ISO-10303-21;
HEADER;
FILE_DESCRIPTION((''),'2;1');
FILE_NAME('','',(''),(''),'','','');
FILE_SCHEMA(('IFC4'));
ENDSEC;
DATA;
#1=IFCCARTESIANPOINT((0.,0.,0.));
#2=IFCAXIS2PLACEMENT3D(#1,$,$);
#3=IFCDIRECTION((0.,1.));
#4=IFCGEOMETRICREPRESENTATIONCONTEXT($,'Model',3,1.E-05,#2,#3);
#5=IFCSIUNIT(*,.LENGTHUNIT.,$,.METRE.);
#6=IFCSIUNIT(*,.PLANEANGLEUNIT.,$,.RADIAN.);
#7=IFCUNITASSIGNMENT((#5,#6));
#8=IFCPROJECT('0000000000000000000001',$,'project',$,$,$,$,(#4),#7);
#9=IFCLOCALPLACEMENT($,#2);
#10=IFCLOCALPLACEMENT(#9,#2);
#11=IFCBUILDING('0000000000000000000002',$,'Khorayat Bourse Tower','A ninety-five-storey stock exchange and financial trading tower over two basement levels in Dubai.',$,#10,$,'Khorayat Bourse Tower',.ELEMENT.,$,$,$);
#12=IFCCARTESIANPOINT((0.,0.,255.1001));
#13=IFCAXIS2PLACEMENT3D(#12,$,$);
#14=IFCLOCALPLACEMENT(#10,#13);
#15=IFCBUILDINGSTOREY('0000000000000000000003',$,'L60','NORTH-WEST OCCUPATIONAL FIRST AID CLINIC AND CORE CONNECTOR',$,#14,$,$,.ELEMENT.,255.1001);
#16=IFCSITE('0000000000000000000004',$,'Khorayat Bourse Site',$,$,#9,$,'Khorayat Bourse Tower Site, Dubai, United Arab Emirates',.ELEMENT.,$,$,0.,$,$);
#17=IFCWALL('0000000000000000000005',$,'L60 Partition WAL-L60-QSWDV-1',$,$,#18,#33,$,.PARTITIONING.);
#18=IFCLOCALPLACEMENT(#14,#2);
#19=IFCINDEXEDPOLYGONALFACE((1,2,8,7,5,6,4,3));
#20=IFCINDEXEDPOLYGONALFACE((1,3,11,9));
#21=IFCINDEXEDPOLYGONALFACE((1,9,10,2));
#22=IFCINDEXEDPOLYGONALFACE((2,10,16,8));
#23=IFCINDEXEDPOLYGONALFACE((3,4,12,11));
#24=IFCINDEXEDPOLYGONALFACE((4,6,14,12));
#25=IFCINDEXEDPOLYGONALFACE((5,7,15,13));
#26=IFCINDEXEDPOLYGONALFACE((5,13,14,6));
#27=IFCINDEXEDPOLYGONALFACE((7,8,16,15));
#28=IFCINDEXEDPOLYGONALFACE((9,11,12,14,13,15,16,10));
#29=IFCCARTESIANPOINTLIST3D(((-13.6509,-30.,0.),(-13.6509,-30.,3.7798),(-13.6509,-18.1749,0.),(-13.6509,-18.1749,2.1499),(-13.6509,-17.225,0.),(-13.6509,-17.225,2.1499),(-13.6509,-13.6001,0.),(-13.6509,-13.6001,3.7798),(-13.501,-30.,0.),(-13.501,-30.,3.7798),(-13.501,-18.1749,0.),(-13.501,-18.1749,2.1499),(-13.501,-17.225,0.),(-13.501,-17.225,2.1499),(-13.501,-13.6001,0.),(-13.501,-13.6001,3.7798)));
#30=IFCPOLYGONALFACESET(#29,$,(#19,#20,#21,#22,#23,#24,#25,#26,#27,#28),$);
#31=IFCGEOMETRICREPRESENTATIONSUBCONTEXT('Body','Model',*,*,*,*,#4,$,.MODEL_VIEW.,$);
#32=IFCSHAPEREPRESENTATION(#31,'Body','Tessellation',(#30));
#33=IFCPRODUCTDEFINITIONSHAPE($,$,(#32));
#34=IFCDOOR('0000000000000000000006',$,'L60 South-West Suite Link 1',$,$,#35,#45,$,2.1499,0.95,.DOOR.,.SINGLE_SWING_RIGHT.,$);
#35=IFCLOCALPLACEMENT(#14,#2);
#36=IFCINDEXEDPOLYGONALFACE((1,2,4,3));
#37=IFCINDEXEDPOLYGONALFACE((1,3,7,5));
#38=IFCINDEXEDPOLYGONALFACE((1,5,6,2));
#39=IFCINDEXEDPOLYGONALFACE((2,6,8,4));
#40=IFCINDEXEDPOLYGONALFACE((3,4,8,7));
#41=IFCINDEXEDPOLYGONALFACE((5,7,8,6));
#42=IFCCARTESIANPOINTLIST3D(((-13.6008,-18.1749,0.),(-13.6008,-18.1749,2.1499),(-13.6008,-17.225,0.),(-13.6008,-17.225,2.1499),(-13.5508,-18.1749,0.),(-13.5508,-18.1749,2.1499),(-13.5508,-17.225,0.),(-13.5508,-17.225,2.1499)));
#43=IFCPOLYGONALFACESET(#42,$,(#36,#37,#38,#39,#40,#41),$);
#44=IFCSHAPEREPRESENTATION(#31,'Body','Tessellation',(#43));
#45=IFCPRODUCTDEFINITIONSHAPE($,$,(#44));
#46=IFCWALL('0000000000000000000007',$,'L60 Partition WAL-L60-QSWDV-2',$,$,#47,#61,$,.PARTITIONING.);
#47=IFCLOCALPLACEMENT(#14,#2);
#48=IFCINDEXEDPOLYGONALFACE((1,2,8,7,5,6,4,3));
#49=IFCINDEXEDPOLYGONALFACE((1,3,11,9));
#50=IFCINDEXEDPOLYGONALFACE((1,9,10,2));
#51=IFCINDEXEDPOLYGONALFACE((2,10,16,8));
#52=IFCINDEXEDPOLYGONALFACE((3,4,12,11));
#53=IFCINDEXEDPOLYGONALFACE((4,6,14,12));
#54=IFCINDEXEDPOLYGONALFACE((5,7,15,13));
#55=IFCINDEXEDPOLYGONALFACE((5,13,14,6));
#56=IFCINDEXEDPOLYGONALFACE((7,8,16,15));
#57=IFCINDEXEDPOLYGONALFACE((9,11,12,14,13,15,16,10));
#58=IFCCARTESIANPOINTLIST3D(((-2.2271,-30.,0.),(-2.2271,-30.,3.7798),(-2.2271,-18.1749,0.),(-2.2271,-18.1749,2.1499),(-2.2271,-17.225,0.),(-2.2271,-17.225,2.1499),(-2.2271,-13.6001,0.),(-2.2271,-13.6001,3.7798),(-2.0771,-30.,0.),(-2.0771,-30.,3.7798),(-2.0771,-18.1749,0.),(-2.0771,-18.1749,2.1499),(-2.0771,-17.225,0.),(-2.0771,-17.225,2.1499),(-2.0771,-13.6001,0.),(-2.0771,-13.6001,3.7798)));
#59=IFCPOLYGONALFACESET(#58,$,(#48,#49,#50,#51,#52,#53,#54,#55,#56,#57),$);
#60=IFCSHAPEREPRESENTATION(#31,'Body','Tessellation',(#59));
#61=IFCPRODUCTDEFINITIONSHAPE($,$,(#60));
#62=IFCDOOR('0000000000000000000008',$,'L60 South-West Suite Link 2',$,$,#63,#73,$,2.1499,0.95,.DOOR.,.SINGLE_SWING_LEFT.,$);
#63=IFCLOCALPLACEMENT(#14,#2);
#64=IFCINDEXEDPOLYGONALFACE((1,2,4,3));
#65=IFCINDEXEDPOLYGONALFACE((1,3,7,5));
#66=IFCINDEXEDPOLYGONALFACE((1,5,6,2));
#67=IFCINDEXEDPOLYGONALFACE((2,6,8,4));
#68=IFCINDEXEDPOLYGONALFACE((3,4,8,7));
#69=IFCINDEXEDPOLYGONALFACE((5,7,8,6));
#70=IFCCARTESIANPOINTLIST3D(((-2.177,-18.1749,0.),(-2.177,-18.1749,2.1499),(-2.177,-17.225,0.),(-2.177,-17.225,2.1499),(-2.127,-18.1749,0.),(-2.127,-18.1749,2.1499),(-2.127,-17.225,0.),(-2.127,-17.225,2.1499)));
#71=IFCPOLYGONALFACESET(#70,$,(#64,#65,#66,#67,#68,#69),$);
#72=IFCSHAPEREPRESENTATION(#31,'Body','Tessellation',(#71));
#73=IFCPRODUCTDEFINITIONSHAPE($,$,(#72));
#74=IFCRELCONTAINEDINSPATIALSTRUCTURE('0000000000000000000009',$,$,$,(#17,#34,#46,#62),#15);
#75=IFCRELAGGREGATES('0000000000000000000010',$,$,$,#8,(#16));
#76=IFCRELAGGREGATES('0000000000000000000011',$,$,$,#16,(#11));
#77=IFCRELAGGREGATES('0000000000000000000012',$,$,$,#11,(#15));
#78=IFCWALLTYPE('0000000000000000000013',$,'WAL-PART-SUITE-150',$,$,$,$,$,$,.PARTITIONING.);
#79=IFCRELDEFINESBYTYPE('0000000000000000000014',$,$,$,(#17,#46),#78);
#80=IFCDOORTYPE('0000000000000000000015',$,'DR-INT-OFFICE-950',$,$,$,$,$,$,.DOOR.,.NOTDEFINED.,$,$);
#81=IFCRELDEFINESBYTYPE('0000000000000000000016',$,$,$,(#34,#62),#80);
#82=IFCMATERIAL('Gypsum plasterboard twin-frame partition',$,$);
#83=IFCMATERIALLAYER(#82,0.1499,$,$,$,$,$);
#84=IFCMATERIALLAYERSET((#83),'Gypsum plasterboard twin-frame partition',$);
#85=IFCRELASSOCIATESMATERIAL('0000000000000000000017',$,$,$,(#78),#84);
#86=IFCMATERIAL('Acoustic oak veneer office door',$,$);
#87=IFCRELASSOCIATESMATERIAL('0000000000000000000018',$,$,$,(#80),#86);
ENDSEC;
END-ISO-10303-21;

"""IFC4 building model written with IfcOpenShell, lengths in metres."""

from ifc_helpers import new_model, si_unit, direction, frame, frame_2d, origin, place, context, subcontext, project, spatial, rectangle, extrude, source, transform, mapped, material, layer, layer_set, type_object, element, fill, save


model = new_model("IFC4")

# Units and contexts
model_context = context("Model", 3, precision=1e-05, world=origin(), true_north=direction((0.0, 1.0)))
body_context = subcontext(model_context, "Body", "Model", "MODEL_VIEW")
ifc_project = project(units=[si_unit("LENGTHUNIT", "METRE"), si_unit("PLANEANGLEUNIT", "RADIAN")], contexts=[model_context])

# Site, building, storey
site_placement = place(None, origin())
site = spatial("IfcSite", under=ifc_project, at=site_placement, Name="Khorayat Bourse Site", LongName="Khorayat Bourse Tower Site, Dubai, United Arab Emirates", CompositionType="ELEMENT", RefElevation=0.0)
building_placement = place(site_placement, origin())
building = spatial("IfcBuilding", under=site, at=building_placement, Name="Khorayat Bourse Tower", Description="A ninety-five-storey stock exchange and financial trading tower over two basement levels in Dubai.", LongName="Khorayat Bourse Tower", CompositionType="ELEMENT")
storey_placement = place(building_placement, frame((0.0, 0.0, 255.1001)))
storey = spatial("IfcBuildingStorey", under=building, at=storey_placement, Name="L60", Description="NORTH-WEST OCCUPATIONAL FIRST AID CLINIC AND CORE CONNECTOR", CompositionType="ELEMENT", Elevation=255.1001)

# Walls, openings, doors
ifc_material_1 = material(Name="Gypsum plasterboard twin-frame partition")
ifc_layer_1 = layer(ifc_material_1, 0.1499)
ifc_layer_set_1 = layer_set([ifc_layer_1], Name="Gypsum plasterboard twin-frame partition")
wall_type_1 = type_object("IfcWallType", Name="WAL-PART-SUITE-150", PredefinedType="PARTITIONING", material=ifc_layer_set_1)
shared_shape_1 = source(origin(), body_context, "Body", "SweptSolid", [
    extrude(rectangle(XDim=16.3999, YDim=0.1499, at=frame_2d((8.2, 0.0))), origin(), (0.0, 0.0, 1.0), 3.7798),
])
wall_1_placement = place(storey_placement, frame((-13.5759, -30.0, 0.0), z_axis=(0.0, 0.0, 1.0), x_axis=(0.0, 1.0, 0.0)))
wall_1 = element("IfcWall", 1, at=wall_1_placement, inside=storey, type_object=wall_type_1, Name="L60 Partition WAL-L60-QSWDV-1", PredefinedType="PARTITIONING", context=body_context, shape_type="MappedRepresentation", body=[
    mapped(shared_shape_1, transform((0.0, 0.0, 0.0), scale=1.0)),
])
shared_shape_2 = source(origin(), body_context, "Body", "SweptSolid", [
    extrude(rectangle(XDim=0.95, YDim=2.1499, at=frame_2d((0.4751, 1.075))), frame((0.0, 0.085, 0.0), z_axis=(0.0, -1.0, 0.0), x_axis=(1.0, 0.0, 0.0)), (0.0, 0.0, 1.0), 0.1699),
])
opening_1_placement = place(wall_1_placement, frame((11.825, 0.0, 0.0)))
opening_1 = element("IfcOpeningElement", 2, at=opening_1_placement, cuts=wall_1, PredefinedType="OPENING", context=body_context, shape_type="MappedRepresentation", body=[
    mapped(shared_shape_2, transform((0.0, 0.0, 0.0), scale=1.0)),
])
ifc_material_2 = material(Name="Acoustic oak veneer office door")
door_type_1 = type_object("IfcDoorType", Name="DR-INT-OFFICE-950", OperationType="NOTDEFINED", PredefinedType="DOOR", material=ifc_material_2)
shared_shape_3 = source(origin(), body_context, "Body", "SweptSolid", [
    extrude(rectangle(XDim=0.95, YDim=2.1499, at=frame_2d((0.4751, 1.075))), frame((0.0, 0.0249, 0.0), z_axis=(0.0, -1.0, 0.0), x_axis=(1.0, 0.0, 0.0)), (0.0, 0.0, 1.0), 0.05),
])
door_1_placement = place(opening_1_placement, origin())
door_1 = element("IfcDoor", 3, at=door_1_placement, inside=storey, type_object=door_type_1, Name="L60 South-West Suite Link 1", OperationType="SINGLE_SWING_RIGHT", OverallHeight=2.1499, OverallWidth=0.95, PredefinedType="DOOR", context=body_context, shape_type="MappedRepresentation", body=[
    mapped(shared_shape_3, transform((0.0, 0.0, 0.0), scale=1.0)),
])
fill(opening_1, door_1)
wall_2_placement = place(storey_placement, frame((-2.1521, -30.0, 0.0), z_axis=(0.0, 0.0, 1.0), x_axis=(0.0, 1.0, 0.0)))
wall_2 = element("IfcWall", 4, at=wall_2_placement, inside=storey, type_object=wall_type_1, Name="L60 Partition WAL-L60-QSWDV-2", PredefinedType="PARTITIONING", context=body_context, shape_type="MappedRepresentation", body=[
    mapped(shared_shape_1, transform((0.0, 0.0, 0.0), scale=1.0)),
])
opening_2_placement = place(wall_2_placement, frame((11.825, 0.0, 0.0)))
opening_2 = element("IfcOpeningElement", 5, at=opening_2_placement, cuts=wall_2, PredefinedType="OPENING", context=body_context, shape_type="MappedRepresentation", body=[
    mapped(shared_shape_2, transform((0.0, 0.0, 0.0), scale=1.0)),
])
door_2_placement = place(opening_2_placement, origin())
door_2 = element("IfcDoor", 6, at=door_2_placement, inside=storey, type_object=door_type_1, Name="L60 South-West Suite Link 2", OperationType="SINGLE_SWING_LEFT", OverallHeight=2.1499, OverallWidth=0.95, PredefinedType="DOOR", context=body_context, shape_type="MappedRepresentation", body=[
    mapped(shared_shape_3, transform((0.0, 0.0, 0.0), scale=1.0)),
])
fill(opening_2, door_2)

save(model, "model.ifc")
